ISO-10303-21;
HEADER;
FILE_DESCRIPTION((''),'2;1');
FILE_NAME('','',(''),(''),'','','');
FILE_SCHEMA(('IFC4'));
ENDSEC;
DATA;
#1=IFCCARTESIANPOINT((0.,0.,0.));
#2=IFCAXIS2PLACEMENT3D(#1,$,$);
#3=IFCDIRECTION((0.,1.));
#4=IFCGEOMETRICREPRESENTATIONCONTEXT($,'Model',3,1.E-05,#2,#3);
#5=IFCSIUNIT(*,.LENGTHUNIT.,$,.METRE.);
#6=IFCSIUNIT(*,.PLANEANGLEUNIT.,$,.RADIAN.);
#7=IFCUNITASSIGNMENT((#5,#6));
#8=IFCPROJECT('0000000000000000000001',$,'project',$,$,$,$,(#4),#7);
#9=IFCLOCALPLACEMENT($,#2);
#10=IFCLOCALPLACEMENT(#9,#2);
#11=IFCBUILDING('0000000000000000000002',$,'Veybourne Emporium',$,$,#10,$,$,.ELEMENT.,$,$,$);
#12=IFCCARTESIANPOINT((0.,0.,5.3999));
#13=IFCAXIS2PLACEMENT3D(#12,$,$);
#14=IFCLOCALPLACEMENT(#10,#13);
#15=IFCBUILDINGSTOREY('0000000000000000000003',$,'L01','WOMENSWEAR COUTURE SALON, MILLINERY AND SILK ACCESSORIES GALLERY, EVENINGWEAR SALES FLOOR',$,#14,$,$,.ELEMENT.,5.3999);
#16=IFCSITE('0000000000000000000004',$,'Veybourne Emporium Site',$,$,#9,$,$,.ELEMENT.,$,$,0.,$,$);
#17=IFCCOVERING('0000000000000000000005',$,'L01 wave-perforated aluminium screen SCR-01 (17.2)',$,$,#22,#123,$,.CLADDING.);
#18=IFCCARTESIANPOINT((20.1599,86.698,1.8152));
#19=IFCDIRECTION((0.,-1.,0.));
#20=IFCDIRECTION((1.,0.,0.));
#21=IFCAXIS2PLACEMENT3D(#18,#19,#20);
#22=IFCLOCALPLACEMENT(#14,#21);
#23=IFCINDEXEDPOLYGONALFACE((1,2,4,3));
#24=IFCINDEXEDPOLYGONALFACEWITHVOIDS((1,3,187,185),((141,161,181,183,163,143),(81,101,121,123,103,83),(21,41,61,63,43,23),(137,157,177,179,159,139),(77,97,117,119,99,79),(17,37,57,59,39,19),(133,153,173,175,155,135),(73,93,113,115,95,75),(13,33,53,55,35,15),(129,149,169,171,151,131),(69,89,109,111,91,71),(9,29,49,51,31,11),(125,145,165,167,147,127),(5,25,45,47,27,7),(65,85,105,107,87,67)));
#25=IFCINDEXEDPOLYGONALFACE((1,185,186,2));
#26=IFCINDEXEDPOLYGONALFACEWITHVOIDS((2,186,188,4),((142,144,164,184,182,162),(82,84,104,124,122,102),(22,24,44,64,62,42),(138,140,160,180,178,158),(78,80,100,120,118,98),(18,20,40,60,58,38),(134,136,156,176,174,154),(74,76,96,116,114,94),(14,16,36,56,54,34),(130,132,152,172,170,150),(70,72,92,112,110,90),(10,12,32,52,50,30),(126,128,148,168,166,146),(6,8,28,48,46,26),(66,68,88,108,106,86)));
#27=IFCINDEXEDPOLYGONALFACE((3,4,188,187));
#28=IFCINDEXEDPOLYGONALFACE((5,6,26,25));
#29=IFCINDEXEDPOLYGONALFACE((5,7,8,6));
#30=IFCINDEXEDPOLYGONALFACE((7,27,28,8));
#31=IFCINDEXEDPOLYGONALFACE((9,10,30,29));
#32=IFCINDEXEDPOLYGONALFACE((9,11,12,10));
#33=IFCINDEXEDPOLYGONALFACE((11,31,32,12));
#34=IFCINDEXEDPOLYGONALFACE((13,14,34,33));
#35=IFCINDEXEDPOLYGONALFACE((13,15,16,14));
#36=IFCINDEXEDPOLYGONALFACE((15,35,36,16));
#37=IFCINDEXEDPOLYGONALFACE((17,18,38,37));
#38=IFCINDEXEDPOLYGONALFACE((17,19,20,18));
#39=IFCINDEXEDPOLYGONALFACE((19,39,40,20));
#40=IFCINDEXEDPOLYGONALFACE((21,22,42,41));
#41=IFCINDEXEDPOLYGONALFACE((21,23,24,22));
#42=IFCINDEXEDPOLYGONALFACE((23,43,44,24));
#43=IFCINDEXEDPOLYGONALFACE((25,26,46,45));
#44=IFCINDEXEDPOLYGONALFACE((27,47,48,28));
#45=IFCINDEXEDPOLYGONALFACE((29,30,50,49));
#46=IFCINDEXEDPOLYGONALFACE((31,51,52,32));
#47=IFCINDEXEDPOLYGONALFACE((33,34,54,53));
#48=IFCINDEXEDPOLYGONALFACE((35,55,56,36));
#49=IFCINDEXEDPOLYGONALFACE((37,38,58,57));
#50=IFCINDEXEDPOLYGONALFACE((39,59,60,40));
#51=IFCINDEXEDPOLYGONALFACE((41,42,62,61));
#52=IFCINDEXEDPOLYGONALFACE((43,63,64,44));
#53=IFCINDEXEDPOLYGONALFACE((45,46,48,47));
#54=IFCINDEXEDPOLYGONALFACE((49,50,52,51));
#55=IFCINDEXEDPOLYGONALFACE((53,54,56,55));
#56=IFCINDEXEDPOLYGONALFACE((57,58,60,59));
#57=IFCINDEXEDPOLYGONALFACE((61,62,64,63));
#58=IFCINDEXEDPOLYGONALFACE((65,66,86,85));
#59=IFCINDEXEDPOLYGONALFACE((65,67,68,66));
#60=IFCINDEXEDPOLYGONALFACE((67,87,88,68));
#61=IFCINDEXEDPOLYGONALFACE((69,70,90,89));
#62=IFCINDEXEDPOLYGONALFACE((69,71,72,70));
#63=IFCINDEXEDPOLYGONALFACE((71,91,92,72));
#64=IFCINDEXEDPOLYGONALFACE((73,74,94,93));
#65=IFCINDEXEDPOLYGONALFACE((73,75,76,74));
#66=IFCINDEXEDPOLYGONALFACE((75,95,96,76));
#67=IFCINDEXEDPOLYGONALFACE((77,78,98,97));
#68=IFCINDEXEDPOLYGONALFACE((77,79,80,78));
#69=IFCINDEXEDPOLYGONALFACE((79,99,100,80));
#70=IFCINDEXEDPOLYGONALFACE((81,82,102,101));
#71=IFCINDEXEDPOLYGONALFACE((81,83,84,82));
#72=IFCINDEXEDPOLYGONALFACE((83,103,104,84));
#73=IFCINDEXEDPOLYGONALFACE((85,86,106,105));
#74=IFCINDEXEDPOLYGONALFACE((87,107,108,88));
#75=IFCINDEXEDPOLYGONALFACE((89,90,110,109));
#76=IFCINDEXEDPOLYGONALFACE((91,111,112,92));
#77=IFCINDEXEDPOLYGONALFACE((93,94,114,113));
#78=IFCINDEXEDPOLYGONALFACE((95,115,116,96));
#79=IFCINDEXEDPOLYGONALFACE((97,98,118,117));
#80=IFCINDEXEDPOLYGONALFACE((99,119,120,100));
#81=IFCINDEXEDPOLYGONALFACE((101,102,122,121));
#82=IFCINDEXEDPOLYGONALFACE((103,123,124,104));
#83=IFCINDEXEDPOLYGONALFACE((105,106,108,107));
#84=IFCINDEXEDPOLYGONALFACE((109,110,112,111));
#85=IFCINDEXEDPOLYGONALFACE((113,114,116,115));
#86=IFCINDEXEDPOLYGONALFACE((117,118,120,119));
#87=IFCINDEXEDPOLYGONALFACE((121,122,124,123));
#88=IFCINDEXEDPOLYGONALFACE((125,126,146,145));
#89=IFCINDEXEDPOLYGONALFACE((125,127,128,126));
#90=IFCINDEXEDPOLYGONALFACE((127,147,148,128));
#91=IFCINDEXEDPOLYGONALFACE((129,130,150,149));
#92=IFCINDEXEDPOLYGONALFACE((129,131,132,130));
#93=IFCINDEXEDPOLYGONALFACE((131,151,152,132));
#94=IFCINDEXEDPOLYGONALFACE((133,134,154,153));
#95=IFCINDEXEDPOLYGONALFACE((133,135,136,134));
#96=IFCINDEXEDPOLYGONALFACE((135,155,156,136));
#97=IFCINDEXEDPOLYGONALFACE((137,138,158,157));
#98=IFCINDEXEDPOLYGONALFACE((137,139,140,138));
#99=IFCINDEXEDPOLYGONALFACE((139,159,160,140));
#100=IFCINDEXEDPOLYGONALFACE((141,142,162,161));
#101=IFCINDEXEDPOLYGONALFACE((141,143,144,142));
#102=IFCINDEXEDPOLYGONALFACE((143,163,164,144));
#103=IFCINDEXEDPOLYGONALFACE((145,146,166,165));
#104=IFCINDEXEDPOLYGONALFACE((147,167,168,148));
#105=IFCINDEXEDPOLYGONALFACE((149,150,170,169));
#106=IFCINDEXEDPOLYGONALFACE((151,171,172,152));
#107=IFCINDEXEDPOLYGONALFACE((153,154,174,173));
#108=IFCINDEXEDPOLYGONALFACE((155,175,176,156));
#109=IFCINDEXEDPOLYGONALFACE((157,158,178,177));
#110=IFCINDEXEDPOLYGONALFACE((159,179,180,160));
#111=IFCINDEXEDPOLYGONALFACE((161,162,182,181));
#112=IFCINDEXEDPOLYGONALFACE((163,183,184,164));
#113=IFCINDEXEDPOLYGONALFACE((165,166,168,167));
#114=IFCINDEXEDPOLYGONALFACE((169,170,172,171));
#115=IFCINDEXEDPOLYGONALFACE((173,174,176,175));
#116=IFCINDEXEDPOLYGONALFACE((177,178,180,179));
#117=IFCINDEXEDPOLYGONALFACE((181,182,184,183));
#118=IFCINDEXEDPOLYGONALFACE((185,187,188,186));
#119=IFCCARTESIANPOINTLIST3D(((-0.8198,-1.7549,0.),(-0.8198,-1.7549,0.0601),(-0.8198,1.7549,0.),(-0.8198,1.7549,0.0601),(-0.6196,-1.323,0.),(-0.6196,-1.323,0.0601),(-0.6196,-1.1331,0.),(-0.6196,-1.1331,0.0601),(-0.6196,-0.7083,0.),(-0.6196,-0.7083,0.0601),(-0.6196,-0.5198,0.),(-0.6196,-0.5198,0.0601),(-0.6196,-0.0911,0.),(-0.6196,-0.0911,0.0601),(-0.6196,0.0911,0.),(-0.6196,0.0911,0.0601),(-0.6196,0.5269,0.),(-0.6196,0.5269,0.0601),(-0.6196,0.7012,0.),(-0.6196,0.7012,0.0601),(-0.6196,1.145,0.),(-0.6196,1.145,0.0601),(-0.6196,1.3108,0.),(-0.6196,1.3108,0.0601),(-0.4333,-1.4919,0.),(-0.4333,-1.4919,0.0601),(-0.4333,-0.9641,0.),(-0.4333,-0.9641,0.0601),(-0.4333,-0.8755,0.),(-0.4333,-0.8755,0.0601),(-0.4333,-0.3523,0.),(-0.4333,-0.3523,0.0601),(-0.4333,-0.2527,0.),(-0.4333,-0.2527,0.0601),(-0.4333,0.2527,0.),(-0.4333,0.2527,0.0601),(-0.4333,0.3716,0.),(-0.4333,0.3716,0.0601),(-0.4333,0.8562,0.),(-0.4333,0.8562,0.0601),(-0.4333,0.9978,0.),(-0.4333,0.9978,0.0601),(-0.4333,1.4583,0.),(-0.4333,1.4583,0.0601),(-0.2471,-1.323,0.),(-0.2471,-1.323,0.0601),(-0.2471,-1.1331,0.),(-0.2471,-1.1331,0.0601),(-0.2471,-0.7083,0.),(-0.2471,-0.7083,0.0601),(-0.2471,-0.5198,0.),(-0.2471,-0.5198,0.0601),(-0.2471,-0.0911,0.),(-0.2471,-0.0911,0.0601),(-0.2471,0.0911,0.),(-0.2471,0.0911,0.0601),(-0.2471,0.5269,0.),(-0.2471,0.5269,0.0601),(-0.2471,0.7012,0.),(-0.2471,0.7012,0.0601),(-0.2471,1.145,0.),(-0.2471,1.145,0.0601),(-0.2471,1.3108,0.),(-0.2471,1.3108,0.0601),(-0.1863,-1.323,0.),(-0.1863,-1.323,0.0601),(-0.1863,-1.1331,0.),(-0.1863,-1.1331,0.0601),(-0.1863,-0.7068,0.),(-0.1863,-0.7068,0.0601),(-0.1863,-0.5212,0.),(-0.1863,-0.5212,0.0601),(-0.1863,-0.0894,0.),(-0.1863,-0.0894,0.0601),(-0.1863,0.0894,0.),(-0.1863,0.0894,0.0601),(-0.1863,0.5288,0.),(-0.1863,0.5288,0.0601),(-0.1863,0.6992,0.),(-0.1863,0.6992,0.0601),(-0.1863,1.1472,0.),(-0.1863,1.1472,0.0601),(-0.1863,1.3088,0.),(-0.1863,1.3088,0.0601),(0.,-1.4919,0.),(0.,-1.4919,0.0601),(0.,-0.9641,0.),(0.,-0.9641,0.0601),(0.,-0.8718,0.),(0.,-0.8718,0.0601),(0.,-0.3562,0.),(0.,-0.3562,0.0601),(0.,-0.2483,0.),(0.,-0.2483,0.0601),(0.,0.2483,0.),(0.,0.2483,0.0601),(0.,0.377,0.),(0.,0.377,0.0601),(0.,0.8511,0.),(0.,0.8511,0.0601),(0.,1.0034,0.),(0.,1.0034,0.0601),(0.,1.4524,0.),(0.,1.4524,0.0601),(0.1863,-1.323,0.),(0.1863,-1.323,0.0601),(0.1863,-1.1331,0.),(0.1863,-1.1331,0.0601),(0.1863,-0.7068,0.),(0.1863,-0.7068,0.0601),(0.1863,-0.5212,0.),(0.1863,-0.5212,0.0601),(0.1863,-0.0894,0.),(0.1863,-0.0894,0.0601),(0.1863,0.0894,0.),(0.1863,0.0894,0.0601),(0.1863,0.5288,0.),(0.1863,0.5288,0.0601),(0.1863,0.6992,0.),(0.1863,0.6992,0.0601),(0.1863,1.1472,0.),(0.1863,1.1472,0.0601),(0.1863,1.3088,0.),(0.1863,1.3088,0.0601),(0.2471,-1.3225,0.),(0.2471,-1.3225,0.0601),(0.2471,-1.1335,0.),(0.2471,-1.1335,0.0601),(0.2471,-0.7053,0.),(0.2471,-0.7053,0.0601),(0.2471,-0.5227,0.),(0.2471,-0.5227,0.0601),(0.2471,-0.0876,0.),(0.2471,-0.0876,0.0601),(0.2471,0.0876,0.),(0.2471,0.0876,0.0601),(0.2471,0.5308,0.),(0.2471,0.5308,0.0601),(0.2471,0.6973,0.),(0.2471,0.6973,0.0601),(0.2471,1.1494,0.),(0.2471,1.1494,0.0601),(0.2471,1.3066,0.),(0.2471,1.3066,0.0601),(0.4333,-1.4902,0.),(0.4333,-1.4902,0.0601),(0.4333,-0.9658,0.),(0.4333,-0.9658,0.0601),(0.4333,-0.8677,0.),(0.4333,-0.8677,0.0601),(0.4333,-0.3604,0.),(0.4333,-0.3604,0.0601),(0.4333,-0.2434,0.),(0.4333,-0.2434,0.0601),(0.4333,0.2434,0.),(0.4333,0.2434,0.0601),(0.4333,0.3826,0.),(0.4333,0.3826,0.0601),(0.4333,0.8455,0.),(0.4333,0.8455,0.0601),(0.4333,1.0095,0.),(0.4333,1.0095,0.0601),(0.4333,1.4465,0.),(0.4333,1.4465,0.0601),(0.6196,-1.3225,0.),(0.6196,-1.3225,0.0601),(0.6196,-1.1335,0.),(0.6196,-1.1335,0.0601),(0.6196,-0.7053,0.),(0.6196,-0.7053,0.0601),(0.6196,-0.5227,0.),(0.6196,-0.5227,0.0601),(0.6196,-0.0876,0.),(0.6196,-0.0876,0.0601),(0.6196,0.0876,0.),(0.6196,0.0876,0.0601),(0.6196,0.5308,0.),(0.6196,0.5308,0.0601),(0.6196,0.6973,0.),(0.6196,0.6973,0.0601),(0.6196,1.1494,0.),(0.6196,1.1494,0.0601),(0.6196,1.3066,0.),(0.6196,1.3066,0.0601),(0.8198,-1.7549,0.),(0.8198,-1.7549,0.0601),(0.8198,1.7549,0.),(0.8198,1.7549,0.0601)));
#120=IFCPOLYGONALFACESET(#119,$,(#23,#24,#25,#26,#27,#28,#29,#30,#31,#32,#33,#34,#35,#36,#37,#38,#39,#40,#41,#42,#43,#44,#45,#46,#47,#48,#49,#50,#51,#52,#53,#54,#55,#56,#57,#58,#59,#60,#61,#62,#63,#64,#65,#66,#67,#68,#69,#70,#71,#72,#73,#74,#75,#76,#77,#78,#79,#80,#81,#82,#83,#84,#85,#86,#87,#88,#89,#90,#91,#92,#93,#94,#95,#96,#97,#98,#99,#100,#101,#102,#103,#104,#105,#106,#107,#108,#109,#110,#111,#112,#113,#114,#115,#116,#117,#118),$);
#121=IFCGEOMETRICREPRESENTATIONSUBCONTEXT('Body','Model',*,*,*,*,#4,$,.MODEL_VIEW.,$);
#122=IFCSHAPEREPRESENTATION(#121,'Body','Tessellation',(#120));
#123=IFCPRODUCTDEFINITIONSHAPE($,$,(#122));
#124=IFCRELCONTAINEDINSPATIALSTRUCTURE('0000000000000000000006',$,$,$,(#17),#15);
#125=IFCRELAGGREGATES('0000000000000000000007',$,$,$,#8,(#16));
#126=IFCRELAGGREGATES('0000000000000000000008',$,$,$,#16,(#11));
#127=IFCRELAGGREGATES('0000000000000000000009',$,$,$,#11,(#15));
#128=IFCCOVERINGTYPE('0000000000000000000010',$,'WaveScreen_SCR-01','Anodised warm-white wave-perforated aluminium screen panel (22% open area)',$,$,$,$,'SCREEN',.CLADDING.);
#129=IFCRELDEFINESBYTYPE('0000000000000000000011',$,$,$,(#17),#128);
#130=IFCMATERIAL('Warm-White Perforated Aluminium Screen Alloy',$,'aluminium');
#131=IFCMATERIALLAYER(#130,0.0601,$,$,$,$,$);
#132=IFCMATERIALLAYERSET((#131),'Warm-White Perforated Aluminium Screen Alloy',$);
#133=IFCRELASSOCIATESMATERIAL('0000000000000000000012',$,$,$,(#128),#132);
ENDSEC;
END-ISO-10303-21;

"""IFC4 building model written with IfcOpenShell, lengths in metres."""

from ifc_helpers import new_model, si_unit, direction, frame, origin, place, context, subcontext, project, spatial, polyline, outline, extrude, material, layer, layer_set, type_object, element, save


model = new_model("IFC4")

# Units and contexts
model_context = context("Model", 3, precision=1e-05, world=origin(), true_north=direction((0.0, 1.0)))
body_context = subcontext(model_context, "Body", "Model", "MODEL_VIEW")
ifc_project = project(units=[si_unit("LENGTHUNIT", "METRE"), si_unit("PLANEANGLEUNIT", "RADIAN")], contexts=[model_context])

# Site, building, storey
site_placement = place(None, origin())
site = spatial("IfcSite", under=ifc_project, at=site_placement, Name="Veybourne Emporium Site", CompositionType="ELEMENT", RefElevation=0.0)
building_placement = place(site_placement, origin())
building = spatial("IfcBuilding", under=site, at=building_placement, Name="Veybourne Emporium", CompositionType="ELEMENT")
storey_placement = place(building_placement, frame((0.0, 0.0, 5.3999)))
storey = spatial("IfcBuildingStorey", under=building, at=storey_placement, Name="L01", Description="WOMENSWEAR COUTURE SALON, MILLINERY AND SILK ACCESSORIES GALLERY, EVENINGWEAR SALES FLOOR", CompositionType="ELEMENT", Elevation=5.3999)

# Covering
ifc_material_1 = material(Name="Warm-White Perforated Aluminium Screen Alloy", Category="aluminium")
ifc_layer_1 = layer(ifc_material_1, 0.0601)
ifc_layer_set_1 = layer_set([ifc_layer_1], Name="Warm-White Perforated Aluminium Screen Alloy")
covering_type_1 = type_object("IfcCoveringType", Name="WaveScreen_SCR-01", Description="Anodised warm-white wave-perforated aluminium screen panel (22% open area)", ElementType="SCREEN", PredefinedType="CLADDING", material=ifc_layer_set_1)
covering_1_placement = place(storey_placement, frame((20.1599, 86.698, 1.8152), z_axis=(0.0, -1.0, 0.0), x_axis=(1.0, 0.0, 0.0)))
element("IfcCovering", 1, at=covering_1_placement, inside=storey, type_object=covering_type_1, Name="L01 wave-perforated aluminium screen SCR-01 (17.2)", PredefinedType="CLADDING", context=body_context, shape_type="SweptSolid", body=[
    extrude(outline(polyline([(-0.8198, -1.7549), (0.8198, -1.7549), (0.8198, 1.7549), (-0.8198, 1.7549), (-0.8198, -1.7549)]), holes=[polyline([(-0.4333, -0.9641), (-0.2471, -1.1331), (-0.2471, -1.323), (-0.4333, -1.4919), (-0.6196, -1.323), (-0.6196, -1.1331), (-0.4333, -0.9641)]), polyline([(-0.4333, -0.3523), (-0.2471, -0.5198), (-0.2471, -0.7083), (-0.4333, -0.8755), (-0.6196, -0.7083), (-0.6196, -0.5198), (-0.4333, -0.3523)]), polyline([(-0.4333, 0.2527), (-0.2471, 0.0911), (-0.2471, -0.0911), (-0.4333, -0.2527), (-0.6196, -0.0911), (-0.6196, 0.0911), (-0.4333, 0.2527)]), polyline([(-0.4333, 0.8562), (-0.2471, 0.7012), (-0.2471, 0.5269), (-0.4333, 0.3716), (-0.6196, 0.5269), (-0.6196, 0.7012), (-0.4333, 0.8562)]), polyline([(-0.4333, 1.4583), (-0.2471, 1.3108), (-0.2471, 1.145), (-0.4333, 0.9978), (-0.6196, 1.145), (-0.6196, 1.3108), (-0.4333, 1.4583)]), polyline([(0.0, -0.9641), (0.1863, -1.1331), (0.1863, -1.323), (0.0, -1.4919), (-0.1863, -1.323), (-0.1863, -1.1331), (0.0, -0.9641)]), polyline([(0.0, -0.3562), (0.1863, -0.5212), (0.1863, -0.7068), (0.0, -0.8718), (-0.1863, -0.7068), (-0.1863, -0.5212), (0.0, -0.3562)]), polyline([(0.0, 0.2483), (0.1863, 0.0894), (0.1863, -0.0894), (0.0, -0.2483), (-0.1863, -0.0894), (-0.1863, 0.0894), (0.0, 0.2483)]), polyline([(0.0, 0.8511), (0.1863, 0.6992), (0.1863, 0.5288), (0.0, 0.377), (-0.1863, 0.5288), (-0.1863, 0.6992), (0.0, 0.8511)]), polyline([(0.0, 1.4524), (0.1863, 1.3088), (0.1863, 1.1472), (0.0, 1.0034), (-0.1863, 1.1472), (-0.1863, 1.3088), (0.0, 1.4524)]), polyline([(0.4333, -0.9658), (0.6196, -1.1335), (0.6196, -1.3225), (0.4333, -1.4902), (0.2471, -1.3225), (0.2471, -1.1335), (0.4333, -0.9658)]), polyline([(0.4333, -0.3604), (0.6196, -0.5227), (0.6196, -0.7053), (0.4333, -0.8677), (0.2471, -0.7053), (0.2471, -0.5227), (0.4333, -0.3604)]), polyline([(0.4333, 0.2434), (0.6196, 0.0876), (0.6196, -0.0876), (0.4333, -0.2434), (0.2471, -0.0876), (0.2471, 0.0876), (0.4333, 0.2434)]), polyline([(0.4333, 0.8455), (0.6196, 0.6973), (0.6196, 0.5308), (0.4333, 0.3826), (0.2471, 0.5308), (0.2471, 0.6973), (0.4333, 0.8455)]), polyline([(0.4333, 1.4465), (0.6196, 1.3066), (0.6196, 1.1494), (0.4333, 1.0095), (0.2471, 1.1494), (0.2471, 1.3066), (0.4333, 1.4465)])]), origin(), (0.0, 0.0, 1.0), 0.0601),
])

save(model, "model.ifc")
